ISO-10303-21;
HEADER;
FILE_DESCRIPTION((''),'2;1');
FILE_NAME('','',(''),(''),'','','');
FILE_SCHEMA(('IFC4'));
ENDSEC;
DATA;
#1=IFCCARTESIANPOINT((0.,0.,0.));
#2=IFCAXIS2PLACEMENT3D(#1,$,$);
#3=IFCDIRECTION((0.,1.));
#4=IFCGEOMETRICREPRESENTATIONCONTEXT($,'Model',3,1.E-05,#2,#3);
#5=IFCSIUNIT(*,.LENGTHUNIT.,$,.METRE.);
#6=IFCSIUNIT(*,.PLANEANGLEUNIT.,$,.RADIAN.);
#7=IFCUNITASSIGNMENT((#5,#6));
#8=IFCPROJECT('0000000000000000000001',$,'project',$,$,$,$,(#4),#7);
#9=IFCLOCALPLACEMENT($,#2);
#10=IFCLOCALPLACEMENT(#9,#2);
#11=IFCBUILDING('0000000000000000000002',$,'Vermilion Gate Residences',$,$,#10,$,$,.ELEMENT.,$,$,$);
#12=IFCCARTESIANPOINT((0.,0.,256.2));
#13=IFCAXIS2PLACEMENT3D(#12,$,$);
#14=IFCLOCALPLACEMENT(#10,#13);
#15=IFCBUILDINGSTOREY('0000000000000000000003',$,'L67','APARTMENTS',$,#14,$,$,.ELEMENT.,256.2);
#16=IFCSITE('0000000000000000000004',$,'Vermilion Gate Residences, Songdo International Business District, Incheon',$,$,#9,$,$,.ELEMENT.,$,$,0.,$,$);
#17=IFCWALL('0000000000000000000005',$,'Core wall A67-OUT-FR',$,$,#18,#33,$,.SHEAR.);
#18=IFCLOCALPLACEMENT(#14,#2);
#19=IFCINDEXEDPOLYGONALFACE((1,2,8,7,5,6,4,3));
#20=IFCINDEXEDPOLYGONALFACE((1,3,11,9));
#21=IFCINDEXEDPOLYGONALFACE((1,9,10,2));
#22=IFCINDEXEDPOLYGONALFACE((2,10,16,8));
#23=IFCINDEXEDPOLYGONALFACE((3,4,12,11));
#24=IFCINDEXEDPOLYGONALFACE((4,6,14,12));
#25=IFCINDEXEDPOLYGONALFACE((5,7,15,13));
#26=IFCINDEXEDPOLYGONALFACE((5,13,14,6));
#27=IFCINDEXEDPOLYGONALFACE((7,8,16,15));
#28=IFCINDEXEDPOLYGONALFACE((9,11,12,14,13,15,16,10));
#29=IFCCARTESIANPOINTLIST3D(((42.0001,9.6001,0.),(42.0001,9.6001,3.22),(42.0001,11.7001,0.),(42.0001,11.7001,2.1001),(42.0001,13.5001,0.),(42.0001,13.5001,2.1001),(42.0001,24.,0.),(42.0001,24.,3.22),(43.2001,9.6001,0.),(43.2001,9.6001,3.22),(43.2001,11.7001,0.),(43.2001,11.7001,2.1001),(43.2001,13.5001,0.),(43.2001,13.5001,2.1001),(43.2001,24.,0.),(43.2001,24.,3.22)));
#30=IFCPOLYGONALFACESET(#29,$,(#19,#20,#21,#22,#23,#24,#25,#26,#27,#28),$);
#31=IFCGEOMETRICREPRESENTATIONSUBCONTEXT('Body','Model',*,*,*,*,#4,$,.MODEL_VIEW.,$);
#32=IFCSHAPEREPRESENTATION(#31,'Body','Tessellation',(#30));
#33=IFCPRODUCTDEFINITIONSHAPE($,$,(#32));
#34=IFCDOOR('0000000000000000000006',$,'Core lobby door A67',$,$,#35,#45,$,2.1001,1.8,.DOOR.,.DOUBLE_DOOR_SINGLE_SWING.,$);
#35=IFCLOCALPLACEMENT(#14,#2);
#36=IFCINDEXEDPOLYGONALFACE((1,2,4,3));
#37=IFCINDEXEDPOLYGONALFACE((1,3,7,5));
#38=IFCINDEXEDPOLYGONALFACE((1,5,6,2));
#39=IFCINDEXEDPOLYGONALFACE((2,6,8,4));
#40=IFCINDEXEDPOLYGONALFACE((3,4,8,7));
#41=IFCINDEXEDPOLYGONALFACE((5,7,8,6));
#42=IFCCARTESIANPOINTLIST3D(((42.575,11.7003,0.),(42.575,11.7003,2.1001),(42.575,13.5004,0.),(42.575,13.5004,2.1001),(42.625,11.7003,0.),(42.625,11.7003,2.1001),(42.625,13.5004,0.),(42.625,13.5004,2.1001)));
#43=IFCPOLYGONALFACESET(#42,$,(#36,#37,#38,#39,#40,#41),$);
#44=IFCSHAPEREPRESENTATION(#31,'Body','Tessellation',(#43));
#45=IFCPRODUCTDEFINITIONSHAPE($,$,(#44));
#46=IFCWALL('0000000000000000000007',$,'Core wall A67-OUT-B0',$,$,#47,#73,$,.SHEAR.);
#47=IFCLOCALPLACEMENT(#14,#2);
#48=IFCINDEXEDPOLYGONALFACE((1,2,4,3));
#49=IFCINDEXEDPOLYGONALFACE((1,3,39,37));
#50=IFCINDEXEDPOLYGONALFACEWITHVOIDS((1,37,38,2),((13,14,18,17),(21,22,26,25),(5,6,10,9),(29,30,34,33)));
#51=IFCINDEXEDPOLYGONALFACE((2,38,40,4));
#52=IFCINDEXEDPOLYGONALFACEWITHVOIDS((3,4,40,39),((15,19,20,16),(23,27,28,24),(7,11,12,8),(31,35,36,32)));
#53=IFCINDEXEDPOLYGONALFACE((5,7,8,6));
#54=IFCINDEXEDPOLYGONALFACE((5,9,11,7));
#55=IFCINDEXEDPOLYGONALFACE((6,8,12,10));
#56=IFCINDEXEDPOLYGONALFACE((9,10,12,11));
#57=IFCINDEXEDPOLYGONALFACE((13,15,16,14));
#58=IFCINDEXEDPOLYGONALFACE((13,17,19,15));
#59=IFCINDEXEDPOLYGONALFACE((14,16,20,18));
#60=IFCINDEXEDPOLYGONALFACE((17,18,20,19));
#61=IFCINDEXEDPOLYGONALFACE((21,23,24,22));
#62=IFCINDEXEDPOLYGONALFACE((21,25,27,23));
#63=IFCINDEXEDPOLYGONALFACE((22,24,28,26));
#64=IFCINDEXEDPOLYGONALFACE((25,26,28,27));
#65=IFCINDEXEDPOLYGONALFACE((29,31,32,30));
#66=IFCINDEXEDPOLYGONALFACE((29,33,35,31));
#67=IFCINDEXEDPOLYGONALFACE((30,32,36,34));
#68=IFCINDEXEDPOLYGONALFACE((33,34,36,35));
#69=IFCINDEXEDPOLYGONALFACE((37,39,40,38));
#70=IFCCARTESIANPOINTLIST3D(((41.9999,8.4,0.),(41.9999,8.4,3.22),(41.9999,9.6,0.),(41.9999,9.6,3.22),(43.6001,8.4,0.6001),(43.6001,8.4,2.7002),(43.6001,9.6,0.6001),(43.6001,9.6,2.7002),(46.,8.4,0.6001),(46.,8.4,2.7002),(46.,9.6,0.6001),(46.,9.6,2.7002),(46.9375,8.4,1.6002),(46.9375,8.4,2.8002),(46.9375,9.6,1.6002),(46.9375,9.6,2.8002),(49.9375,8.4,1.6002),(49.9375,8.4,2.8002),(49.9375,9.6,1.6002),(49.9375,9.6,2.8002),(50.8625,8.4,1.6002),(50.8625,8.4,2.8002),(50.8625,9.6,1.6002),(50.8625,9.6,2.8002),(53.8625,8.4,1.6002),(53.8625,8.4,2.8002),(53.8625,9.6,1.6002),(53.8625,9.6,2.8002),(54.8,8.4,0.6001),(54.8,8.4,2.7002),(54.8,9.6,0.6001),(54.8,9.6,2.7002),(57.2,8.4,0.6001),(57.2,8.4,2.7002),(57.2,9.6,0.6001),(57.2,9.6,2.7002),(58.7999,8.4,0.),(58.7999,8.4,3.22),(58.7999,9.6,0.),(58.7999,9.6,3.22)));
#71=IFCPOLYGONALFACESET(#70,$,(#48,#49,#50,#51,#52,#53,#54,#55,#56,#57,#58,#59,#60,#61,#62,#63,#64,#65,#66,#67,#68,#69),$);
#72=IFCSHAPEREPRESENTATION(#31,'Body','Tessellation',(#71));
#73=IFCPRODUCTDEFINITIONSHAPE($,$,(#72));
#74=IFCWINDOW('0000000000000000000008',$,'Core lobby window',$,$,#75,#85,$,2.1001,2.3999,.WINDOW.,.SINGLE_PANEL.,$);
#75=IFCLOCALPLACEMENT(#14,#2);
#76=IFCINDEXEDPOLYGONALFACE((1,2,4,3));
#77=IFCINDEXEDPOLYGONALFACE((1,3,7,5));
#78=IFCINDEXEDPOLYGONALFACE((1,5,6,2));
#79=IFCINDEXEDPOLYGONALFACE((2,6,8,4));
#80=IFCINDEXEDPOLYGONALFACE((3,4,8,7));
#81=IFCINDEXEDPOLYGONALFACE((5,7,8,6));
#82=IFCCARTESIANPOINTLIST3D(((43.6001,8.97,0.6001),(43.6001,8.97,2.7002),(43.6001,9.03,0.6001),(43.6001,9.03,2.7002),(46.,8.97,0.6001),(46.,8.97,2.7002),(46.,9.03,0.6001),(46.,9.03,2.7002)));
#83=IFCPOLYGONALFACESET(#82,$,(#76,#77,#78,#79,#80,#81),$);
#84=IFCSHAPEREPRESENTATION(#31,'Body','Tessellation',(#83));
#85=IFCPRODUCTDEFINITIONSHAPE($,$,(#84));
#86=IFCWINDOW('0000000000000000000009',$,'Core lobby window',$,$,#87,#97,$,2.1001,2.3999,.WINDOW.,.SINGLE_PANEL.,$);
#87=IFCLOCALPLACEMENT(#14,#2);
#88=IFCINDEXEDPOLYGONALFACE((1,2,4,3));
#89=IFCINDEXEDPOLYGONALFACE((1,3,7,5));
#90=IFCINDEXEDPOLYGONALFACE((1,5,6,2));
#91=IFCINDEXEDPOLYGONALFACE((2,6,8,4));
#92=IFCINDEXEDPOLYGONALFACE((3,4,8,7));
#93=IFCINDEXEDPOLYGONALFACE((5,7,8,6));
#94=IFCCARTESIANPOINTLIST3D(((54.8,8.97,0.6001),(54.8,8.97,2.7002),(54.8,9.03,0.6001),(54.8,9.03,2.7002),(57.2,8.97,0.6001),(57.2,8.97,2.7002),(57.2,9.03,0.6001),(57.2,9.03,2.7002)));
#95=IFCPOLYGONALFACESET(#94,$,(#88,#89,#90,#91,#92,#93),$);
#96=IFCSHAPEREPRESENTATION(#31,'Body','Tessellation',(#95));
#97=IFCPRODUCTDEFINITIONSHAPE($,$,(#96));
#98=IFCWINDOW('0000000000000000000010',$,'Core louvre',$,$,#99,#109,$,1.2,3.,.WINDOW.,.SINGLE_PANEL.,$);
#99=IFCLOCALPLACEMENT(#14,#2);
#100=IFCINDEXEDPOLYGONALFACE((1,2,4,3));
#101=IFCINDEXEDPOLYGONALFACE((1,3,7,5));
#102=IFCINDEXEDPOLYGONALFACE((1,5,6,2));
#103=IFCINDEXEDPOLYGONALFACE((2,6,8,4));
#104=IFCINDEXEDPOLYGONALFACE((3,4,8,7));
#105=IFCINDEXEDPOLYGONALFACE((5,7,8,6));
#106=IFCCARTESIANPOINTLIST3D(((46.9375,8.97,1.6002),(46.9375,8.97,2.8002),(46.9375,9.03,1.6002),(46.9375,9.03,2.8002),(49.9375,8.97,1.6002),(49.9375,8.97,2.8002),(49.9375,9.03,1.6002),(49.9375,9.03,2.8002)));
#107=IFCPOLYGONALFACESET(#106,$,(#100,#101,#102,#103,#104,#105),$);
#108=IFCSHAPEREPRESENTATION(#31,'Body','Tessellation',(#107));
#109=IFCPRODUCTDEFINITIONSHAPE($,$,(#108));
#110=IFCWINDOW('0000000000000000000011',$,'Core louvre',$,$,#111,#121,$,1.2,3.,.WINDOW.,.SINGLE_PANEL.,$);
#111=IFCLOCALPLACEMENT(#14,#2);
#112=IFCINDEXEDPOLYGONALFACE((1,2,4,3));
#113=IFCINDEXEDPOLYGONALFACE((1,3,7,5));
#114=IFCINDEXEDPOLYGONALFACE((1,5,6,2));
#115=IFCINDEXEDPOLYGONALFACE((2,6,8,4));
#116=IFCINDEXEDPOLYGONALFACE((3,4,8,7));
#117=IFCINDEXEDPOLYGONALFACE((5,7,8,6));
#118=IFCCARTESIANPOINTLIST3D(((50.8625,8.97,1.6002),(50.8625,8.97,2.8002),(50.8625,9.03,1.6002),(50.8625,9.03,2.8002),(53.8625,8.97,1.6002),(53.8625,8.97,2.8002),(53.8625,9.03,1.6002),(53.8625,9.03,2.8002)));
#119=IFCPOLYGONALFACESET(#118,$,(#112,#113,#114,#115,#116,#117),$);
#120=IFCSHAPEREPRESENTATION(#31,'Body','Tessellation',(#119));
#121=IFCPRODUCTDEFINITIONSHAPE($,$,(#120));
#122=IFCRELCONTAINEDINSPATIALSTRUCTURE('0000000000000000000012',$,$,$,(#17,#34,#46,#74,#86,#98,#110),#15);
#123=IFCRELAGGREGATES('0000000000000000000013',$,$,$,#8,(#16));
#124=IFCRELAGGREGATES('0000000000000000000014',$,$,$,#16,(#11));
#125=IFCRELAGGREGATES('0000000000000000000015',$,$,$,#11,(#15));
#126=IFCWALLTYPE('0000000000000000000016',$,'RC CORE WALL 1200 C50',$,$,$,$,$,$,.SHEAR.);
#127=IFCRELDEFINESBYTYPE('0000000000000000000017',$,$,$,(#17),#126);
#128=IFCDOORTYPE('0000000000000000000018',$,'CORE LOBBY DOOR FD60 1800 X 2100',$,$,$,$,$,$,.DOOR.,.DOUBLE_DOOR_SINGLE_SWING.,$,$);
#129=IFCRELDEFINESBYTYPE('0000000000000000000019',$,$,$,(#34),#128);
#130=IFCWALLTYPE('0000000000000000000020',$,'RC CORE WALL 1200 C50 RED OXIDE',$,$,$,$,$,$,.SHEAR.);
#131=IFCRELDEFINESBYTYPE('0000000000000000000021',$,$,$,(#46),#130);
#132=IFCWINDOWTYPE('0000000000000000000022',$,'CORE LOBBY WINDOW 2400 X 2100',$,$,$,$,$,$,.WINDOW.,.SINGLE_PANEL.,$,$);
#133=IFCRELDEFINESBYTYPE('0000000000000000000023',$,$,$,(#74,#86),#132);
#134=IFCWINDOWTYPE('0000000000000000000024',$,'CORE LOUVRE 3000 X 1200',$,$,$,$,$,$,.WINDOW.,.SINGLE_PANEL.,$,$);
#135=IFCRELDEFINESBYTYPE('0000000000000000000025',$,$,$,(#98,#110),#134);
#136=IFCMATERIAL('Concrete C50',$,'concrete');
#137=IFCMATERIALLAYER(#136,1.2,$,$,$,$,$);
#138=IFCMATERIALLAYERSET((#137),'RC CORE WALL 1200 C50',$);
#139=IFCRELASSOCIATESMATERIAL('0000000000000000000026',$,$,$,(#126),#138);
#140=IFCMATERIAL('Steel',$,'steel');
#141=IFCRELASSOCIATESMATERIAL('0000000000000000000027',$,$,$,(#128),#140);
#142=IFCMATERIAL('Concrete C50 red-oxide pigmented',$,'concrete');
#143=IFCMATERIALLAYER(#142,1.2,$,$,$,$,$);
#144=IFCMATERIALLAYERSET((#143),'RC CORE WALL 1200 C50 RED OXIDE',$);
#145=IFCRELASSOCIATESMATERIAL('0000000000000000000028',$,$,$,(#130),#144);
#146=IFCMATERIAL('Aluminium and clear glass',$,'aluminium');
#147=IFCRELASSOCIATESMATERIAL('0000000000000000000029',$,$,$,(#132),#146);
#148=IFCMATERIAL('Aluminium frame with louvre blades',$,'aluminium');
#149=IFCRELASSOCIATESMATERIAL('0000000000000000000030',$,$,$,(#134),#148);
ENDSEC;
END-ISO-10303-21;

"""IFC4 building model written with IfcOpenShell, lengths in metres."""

from ifc_helpers import new_model, si_unit, direction, frame, frame_2d, origin, place, context, subcontext, project, spatial, rectangle, extrude, material, layer, layer_set, type_object, element, fill, save


model = new_model("IFC4")

# Units and contexts
model_context = context("Model", 3, precision=1e-05, world=origin(), true_north=direction((0.0, 1.0)))
body_context = subcontext(model_context, "Body", "Model", "MODEL_VIEW")
ifc_project = project(units=[si_unit("LENGTHUNIT", "METRE"), si_unit("PLANEANGLEUNIT", "RADIAN")], contexts=[model_context])

# Site, building, storey
site_placement = place(None, origin())
site = spatial("IfcSite", under=ifc_project, at=site_placement, Name="Vermilion Gate Residences, Songdo International Business District, Incheon", CompositionType="ELEMENT", RefElevation=0.0)
building_placement = place(site_placement, origin())
building = spatial("IfcBuilding", under=site, at=building_placement, Name="Vermilion Gate Residences", CompositionType="ELEMENT")
storey_placement = place(building_placement, frame((0.0, 0.0, 256.2)))
storey = spatial("IfcBuildingStorey", under=building, at=storey_placement, Name="L67", Description="APARTMENTS", CompositionType="ELEMENT", Elevation=256.2)

# Wall, opening, door
ifc_material_1 = material(Name="Concrete C50", Category="concrete")
ifc_layer_1 = layer(ifc_material_1, 1.2)
ifc_layer_set_1 = layer_set([ifc_layer_1], Name="RC CORE WALL 1200 C50")
wall_type_1 = type_object("IfcWallType", Name="RC CORE WALL 1200 C50", PredefinedType="SHEAR", material=ifc_layer_set_1)
wall_1_placement = place(storey_placement, frame((42.6001, 9.6001, 0.0), z_axis=(0.0, 0.0, 1.0), x_axis=(0.0, 1.0, 0.0)))
wall_1 = element("IfcWall", 1, at=wall_1_placement, inside=storey, type_object=wall_type_1, Name="Core wall A67-OUT-FR", PredefinedType="SHEAR", context=body_context, shape_type="SweptSolid", body=[
    extrude(rectangle(XDim=14.3999, YDim=1.2, at=frame_2d((7.2, 0.0))), origin(), (0.0, 0.0, 1.0), 3.22),
])
opening_1_placement = place(wall_1_placement, frame((2.1001, 0.0, 0.0)))
opening_1 = element("IfcOpeningElement", 2, at=opening_1_placement, cuts=wall_1, PredefinedType="OPENING", context=body_context, shape_type="SweptSolid", body=[
    extrude(rectangle(XDim=1.8, YDim=2.1001, at=frame_2d((0.8999, 1.05))), frame((0.0, 0.6099, 0.0), z_axis=(0.0, -1.0, 0.0), x_axis=(1.0, 0.0, 0.0)), (0.0, 0.0, 1.0), 1.22),
])
ifc_material_2 = material(Name="Steel", Category="steel")
door_type_1 = type_object("IfcDoorType", Name="CORE LOBBY DOOR FD60 1800 X 2100", OperationType="DOUBLE_DOOR_SINGLE_SWING", PredefinedType="DOOR", material=ifc_material_2)
door_1_placement = place(opening_1_placement, frame((1.8, 0.0, 0.0), z_axis=(0.0, 0.0, 1.0), x_axis=(-1.0, 0.0, 0.0)))
door_1 = element("IfcDoor", 3, at=door_1_placement, inside=storey, type_object=door_type_1, Name="Core lobby door A67", OperationType="DOUBLE_DOOR_SINGLE_SWING", OverallHeight=2.1001, OverallWidth=1.8, PredefinedType="DOOR", context=body_context, shape_type="SweptSolid", body=[
    extrude(rectangle(XDim=1.8, YDim=2.1001, at=frame_2d((0.8999, 1.05))), frame((0.0, 0.0249, 0.0), z_axis=(0.0, -1.0, 0.0), x_axis=(1.0, 0.0, 0.0)), (0.0, 0.0, 1.0), 0.05),
])
fill(opening_1, door_1)

# Wall, openings, windows
ifc_material_3 = material(Name="Concrete C50 red-oxide pigmented", Category="concrete")
ifc_layer_2 = layer(ifc_material_3, 1.2)
ifc_layer_set_2 = layer_set([ifc_layer_2], Name="RC CORE WALL 1200 C50 RED OXIDE")
wall_type_2 = type_object("IfcWallType", Name="RC CORE WALL 1200 C50 RED OXIDE", PredefinedType="SHEAR", material=ifc_layer_set_2)
wall_2_placement = place(storey_placement, frame((42.0, 9.0, 0.0), z_axis=(0.0, 0.0, 1.0), x_axis=(1.0, 0.0, 0.0)))
wall_2 = element("IfcWall", 4, at=wall_2_placement, inside=storey, type_object=wall_type_2, Name="Core wall A67-OUT-B0", PredefinedType="SHEAR", context=body_context, shape_type="SweptSolid", body=[
    extrude(rectangle(XDim=16.8, YDim=1.2, at=frame_2d((8.3999, 0.0))), origin(), (0.0, 0.0, 1.0), 3.22),
])
opening_2_placement = place(wall_2_placement, frame((1.6001, 0.0, 0.6001)))
opening_2 = element("IfcOpeningElement", 5, at=opening_2_placement, cuts=wall_2, PredefinedType="OPENING", context=body_context, shape_type="SweptSolid", body=[
    extrude(rectangle(XDim=2.3999, YDim=2.1001, at=frame_2d((1.2, 1.05))), frame((0.0, 0.6099, 0.0), z_axis=(0.0, -1.0, 0.0), x_axis=(1.0, 0.0, 0.0)), (0.0, 0.0, 1.0), 1.22),
])
opening_3_placement = place(wall_2_placement, frame((4.9375, 0.0, 1.6001)))
opening_3 = element("IfcOpeningElement", 6, at=opening_3_placement, cuts=wall_2, PredefinedType="OPENING", context=body_context, shape_type="SweptSolid", body=[
    extrude(rectangle(XDim=3.0, YDim=1.2, at=frame_2d((1.5, 0.6001))), frame((0.0, 0.6099, 0.0), z_axis=(0.0, -1.0, 0.0), x_axis=(1.0, 0.0, 0.0)), (0.0, 0.0, 1.0), 1.22),
])
opening_4_placement = place(wall_2_placement, frame((8.8625, 0.0, 1.6001)))
opening_4 = element("IfcOpeningElement", 7, at=opening_4_placement, cuts=wall_2, PredefinedType="OPENING", context=body_context, shape_type="SweptSolid", body=[
    extrude(rectangle(XDim=3.0, YDim=1.2, at=frame_2d((1.5, 0.6001))), frame((0.0, 0.6099, 0.0), z_axis=(0.0, -1.0, 0.0), x_axis=(1.0, 0.0, 0.0)), (0.0, 0.0, 1.0), 1.22),
])
opening_5_placement = place(wall_2_placement, frame((12.8, 0.0, 0.6001)))
opening_5 = element("IfcOpeningElement", 8, at=opening_5_placement, cuts=wall_2, PredefinedType="OPENING", context=body_context, shape_type="SweptSolid", body=[
    extrude(rectangle(XDim=2.3999, YDim=2.1001, at=frame_2d((1.2, 1.05))), frame((0.0, 0.6099, 0.0), z_axis=(0.0, -1.0, 0.0), x_axis=(1.0, 0.0, 0.0)), (0.0, 0.0, 1.0), 1.22),
])
ifc_material_4 = material(Name="Aluminium and clear glass", Category="aluminium")
window_type_1 = type_object("IfcWindowType", Name="CORE LOBBY WINDOW 2400 X 2100", PartitioningType="SINGLE_PANEL", PredefinedType="WINDOW", material=ifc_material_4)
window_1_placement = place(opening_2_placement, origin())
window_1 = element("IfcWindow", 9, at=window_1_placement, inside=storey, type_object=window_type_1, Name="Core lobby window", OverallHeight=2.1001, OverallWidth=2.3999, PartitioningType="SINGLE_PANEL", PredefinedType="WINDOW", context=body_context, shape_type="SweptSolid", body=[
    extrude(rectangle(XDim=2.3999, YDim=2.1001, at=frame_2d((1.2, 1.05))), frame((0.0, 0.03, 0.0), z_axis=(0.0, -1.0, 0.0), x_axis=(1.0, 0.0, 0.0)), (0.0, 0.0, 1.0), 0.0601),
])
fill(opening_2, window_1)
window_2_placement = place(opening_5_placement, origin())
window_2 = element("IfcWindow", 10, at=window_2_placement, inside=storey, type_object=window_type_1, Name="Core lobby window", OverallHeight=2.1001, OverallWidth=2.3999, PartitioningType="SINGLE_PANEL", PredefinedType="WINDOW", context=body_context, shape_type="SweptSolid", body=[
    extrude(rectangle(XDim=2.3999, YDim=2.1001, at=frame_2d((1.2, 1.05))), frame((0.0, 0.03, 0.0), z_axis=(0.0, -1.0, 0.0), x_axis=(1.0, 0.0, 0.0)), (0.0, 0.0, 1.0), 0.0601),
])
fill(opening_5, window_2)
ifc_material_5 = material(Name="Aluminium frame with louvre blades", Category="aluminium")
window_type_2 = type_object("IfcWindowType", Name="CORE LOUVRE 3000 X 1200", PartitioningType="SINGLE_PANEL", PredefinedType="WINDOW", material=ifc_material_5)
window_3_placement = place(opening_3_placement, origin())
window_3 = element("IfcWindow", 11, at=window_3_placement, inside=storey, type_object=window_type_2, Name="Core louvre", OverallHeight=1.2, OverallWidth=3.0, PartitioningType="SINGLE_PANEL", PredefinedType="WINDOW", context=body_context, shape_type="SweptSolid", body=[
    extrude(rectangle(XDim=3.0, YDim=1.2, at=frame_2d((1.5, 0.6001))), frame((0.0, 0.03, 0.0), z_axis=(0.0, -1.0, 0.0), x_axis=(1.0, 0.0, 0.0)), (0.0, 0.0, 1.0), 0.0601),
])
fill(opening_3, window_3)
window_4_placement = place(opening_4_placement, origin())
window_4 = element("IfcWindow", 12, at=window_4_placement, inside=storey, type_object=window_type_2, Name="Core louvre", OverallHeight=1.2, OverallWidth=3.0, PartitioningType="SINGLE_PANEL", PredefinedType="WINDOW", context=body_context, shape_type="SweptSolid", body=[
    extrude(rectangle(XDim=3.0, YDim=1.2, at=frame_2d((1.5, 0.6001))), frame((0.0, 0.03, 0.0), z_axis=(0.0, -1.0, 0.0), x_axis=(1.0, 0.0, 0.0)), (0.0, 0.0, 1.0), 0.0601),
])
fill(opening_4, window_4)

save(model, "model.ifc")
